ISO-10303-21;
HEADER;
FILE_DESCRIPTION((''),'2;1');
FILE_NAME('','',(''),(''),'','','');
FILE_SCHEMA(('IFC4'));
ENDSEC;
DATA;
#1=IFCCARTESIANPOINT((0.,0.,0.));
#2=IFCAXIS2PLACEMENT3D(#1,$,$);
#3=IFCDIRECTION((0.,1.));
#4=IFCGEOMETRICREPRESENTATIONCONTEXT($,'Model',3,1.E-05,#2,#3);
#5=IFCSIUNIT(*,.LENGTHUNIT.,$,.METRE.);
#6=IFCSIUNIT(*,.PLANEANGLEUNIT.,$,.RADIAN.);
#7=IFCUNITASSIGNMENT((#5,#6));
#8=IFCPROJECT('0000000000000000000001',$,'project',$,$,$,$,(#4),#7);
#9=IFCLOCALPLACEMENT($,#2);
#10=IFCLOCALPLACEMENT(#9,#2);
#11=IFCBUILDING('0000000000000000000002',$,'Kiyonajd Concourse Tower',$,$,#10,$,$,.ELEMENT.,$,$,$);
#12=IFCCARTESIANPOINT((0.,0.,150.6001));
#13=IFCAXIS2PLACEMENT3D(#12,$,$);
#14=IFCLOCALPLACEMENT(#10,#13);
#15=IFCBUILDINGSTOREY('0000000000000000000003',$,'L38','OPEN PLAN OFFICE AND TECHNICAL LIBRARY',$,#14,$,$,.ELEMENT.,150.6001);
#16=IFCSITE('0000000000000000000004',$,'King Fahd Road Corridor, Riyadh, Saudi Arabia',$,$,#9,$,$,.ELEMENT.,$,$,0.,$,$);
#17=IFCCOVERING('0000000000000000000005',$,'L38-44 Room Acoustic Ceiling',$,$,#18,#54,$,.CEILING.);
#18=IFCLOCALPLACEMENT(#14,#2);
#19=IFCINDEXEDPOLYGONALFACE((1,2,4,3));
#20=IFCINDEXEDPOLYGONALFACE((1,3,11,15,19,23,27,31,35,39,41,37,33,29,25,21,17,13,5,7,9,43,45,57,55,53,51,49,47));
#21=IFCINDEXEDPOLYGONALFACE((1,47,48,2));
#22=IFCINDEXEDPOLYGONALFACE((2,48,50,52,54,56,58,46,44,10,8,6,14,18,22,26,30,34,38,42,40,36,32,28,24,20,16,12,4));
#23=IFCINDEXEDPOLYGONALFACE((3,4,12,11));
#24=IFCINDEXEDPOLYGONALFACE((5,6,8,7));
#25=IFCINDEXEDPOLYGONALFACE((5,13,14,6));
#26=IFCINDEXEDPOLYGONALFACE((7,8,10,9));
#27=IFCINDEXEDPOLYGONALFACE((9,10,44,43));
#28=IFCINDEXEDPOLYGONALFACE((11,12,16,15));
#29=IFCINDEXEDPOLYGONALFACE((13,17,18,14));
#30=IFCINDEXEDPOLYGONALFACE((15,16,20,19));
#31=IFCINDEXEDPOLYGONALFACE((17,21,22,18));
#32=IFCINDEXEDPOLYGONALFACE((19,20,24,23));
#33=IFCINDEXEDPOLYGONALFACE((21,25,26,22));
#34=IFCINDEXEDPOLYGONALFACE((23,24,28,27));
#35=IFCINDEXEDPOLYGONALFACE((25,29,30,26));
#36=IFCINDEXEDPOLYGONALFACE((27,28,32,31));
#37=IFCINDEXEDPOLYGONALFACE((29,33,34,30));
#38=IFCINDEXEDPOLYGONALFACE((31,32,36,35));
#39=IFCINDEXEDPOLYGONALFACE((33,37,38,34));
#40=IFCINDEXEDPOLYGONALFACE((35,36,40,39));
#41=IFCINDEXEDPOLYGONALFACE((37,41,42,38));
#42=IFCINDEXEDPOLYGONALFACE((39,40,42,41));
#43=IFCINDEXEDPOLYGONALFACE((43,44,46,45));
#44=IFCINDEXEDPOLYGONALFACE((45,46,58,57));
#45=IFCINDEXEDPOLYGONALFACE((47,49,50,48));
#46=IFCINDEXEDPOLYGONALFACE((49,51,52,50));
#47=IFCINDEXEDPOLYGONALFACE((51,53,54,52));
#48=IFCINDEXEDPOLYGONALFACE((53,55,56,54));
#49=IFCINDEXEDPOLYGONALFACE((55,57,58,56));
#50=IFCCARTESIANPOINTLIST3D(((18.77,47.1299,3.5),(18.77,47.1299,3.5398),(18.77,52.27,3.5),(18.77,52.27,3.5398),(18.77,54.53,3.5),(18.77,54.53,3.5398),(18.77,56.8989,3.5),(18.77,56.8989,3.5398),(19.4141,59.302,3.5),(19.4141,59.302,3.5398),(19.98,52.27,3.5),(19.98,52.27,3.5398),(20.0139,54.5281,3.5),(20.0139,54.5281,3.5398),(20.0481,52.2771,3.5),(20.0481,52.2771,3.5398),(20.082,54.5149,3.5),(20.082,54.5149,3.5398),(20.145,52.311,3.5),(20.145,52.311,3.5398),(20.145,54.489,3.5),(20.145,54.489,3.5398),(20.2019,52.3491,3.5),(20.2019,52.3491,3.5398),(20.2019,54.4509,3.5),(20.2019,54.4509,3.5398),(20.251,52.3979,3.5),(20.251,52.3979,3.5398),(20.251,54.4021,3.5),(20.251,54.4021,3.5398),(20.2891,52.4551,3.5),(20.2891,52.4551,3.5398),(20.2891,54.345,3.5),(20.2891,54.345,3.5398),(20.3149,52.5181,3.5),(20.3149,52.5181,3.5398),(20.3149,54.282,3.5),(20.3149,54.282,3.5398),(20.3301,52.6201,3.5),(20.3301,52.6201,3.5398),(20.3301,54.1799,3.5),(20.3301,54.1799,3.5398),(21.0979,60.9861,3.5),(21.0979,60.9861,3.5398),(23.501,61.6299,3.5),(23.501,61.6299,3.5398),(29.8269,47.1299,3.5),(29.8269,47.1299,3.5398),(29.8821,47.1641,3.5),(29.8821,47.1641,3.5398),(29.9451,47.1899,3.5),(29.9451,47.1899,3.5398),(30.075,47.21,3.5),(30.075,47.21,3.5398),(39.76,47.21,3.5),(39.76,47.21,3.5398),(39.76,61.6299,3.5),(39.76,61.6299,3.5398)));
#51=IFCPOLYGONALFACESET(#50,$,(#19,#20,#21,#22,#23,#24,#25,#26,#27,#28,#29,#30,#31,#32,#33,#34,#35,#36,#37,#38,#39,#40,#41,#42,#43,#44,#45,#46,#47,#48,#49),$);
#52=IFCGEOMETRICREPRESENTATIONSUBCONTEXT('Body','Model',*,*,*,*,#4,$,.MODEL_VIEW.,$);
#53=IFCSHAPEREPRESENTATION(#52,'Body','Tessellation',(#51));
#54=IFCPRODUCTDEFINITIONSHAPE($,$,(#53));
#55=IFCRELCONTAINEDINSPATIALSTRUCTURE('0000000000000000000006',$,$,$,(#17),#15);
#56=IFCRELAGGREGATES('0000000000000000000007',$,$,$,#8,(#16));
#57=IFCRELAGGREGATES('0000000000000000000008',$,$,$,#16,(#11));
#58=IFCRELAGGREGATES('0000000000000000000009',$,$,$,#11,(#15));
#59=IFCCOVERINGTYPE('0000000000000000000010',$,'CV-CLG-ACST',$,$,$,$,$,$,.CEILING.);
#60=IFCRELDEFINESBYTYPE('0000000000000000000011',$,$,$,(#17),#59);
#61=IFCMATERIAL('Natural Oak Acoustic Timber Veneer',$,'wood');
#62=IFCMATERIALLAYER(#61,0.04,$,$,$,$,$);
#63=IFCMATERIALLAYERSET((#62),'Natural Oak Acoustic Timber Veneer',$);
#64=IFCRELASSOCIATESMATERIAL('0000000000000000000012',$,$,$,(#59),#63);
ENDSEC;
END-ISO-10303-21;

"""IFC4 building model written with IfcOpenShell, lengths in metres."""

from ifc_helpers import new_model, si_unit, direction, frame, origin, place, context, subcontext, project, spatial, polyline, outline, extrude, material, layer, layer_set, type_object, element, save


model = new_model("IFC4")

# Units and contexts
model_context = context("Model", 3, precision=1e-05, world=origin(), true_north=direction((0.0, 1.0)))
body_context = subcontext(model_context, "Body", "Model", "MODEL_VIEW")
ifc_project = project(units=[si_unit("LENGTHUNIT", "METRE"), si_unit("PLANEANGLEUNIT", "RADIAN")], contexts=[model_context])

# Site, building, storey
site_placement = place(None, origin())
site = spatial("IfcSite", under=ifc_project, at=site_placement, Name="King Fahd Road Corridor, Riyadh, Saudi Arabia", CompositionType="ELEMENT", RefElevation=0.0)
building_placement = place(site_placement, origin())
building = spatial("IfcBuilding", under=site, at=building_placement, Name="Kiyonajd Concourse Tower", CompositionType="ELEMENT")
storey_placement = place(building_placement, frame((0.0, 0.0, 150.6001)))
storey = spatial("IfcBuildingStorey", under=building, at=storey_placement, Name="L38", Description="OPEN PLAN OFFICE AND TECHNICAL LIBRARY", CompositionType="ELEMENT", Elevation=150.6001)

# Shared definitions
ifc_material_1 = material(Name="Natural Oak Acoustic Timber Veneer", Category="wood")

# Covering
ifc_layer_1 = layer(ifc_material_1, 0.04)
ifc_layer_set_1 = layer_set([ifc_layer_1], Name="Natural Oak Acoustic Timber Veneer")
covering_type = type_object("IfcCoveringType", Name="CV-CLG-ACST", PredefinedType="CEILING", material=ifc_layer_set_1)
covering_placement = place(storey_placement, frame((0.0, 0.0, 3.5)))
element("IfcCovering", 1, at=covering_placement, inside=storey, type_object=covering_type, Name="L38-44 Room Acoustic Ceiling", PredefinedType="CEILING", context=body_context, shape_type="SweptSolid", body=[
    extrude(outline(polyline([(21.0979, 60.9861), (23.501, 61.6299), (39.76, 61.6299), (39.76, 47.21), (30.075, 47.21), (29.9451, 47.1899), (29.8821, 47.1641), (29.8269, 47.1299), (18.77, 47.1299), (18.77, 52.27), (19.98, 52.27), (20.0481, 52.2771), (20.145, 52.311), (20.2019, 52.3491), (20.251, 52.3979), (20.2891, 52.4551), (20.3149, 52.5181), (20.3301, 52.6201), (20.3301, 54.1799), (20.3149, 54.282), (20.2891, 54.345), (20.251, 54.4021), (20.2019, 54.4509), (20.145, 54.489), (20.082, 54.5149), (20.0139, 54.5281), (18.77, 54.53), (18.77, 56.8989), (19.4141, 59.302), (21.0979, 60.9861)])), origin(), (0.0, 0.0, 1.0), 0.0398),
])

save(model, "model.ifc")
